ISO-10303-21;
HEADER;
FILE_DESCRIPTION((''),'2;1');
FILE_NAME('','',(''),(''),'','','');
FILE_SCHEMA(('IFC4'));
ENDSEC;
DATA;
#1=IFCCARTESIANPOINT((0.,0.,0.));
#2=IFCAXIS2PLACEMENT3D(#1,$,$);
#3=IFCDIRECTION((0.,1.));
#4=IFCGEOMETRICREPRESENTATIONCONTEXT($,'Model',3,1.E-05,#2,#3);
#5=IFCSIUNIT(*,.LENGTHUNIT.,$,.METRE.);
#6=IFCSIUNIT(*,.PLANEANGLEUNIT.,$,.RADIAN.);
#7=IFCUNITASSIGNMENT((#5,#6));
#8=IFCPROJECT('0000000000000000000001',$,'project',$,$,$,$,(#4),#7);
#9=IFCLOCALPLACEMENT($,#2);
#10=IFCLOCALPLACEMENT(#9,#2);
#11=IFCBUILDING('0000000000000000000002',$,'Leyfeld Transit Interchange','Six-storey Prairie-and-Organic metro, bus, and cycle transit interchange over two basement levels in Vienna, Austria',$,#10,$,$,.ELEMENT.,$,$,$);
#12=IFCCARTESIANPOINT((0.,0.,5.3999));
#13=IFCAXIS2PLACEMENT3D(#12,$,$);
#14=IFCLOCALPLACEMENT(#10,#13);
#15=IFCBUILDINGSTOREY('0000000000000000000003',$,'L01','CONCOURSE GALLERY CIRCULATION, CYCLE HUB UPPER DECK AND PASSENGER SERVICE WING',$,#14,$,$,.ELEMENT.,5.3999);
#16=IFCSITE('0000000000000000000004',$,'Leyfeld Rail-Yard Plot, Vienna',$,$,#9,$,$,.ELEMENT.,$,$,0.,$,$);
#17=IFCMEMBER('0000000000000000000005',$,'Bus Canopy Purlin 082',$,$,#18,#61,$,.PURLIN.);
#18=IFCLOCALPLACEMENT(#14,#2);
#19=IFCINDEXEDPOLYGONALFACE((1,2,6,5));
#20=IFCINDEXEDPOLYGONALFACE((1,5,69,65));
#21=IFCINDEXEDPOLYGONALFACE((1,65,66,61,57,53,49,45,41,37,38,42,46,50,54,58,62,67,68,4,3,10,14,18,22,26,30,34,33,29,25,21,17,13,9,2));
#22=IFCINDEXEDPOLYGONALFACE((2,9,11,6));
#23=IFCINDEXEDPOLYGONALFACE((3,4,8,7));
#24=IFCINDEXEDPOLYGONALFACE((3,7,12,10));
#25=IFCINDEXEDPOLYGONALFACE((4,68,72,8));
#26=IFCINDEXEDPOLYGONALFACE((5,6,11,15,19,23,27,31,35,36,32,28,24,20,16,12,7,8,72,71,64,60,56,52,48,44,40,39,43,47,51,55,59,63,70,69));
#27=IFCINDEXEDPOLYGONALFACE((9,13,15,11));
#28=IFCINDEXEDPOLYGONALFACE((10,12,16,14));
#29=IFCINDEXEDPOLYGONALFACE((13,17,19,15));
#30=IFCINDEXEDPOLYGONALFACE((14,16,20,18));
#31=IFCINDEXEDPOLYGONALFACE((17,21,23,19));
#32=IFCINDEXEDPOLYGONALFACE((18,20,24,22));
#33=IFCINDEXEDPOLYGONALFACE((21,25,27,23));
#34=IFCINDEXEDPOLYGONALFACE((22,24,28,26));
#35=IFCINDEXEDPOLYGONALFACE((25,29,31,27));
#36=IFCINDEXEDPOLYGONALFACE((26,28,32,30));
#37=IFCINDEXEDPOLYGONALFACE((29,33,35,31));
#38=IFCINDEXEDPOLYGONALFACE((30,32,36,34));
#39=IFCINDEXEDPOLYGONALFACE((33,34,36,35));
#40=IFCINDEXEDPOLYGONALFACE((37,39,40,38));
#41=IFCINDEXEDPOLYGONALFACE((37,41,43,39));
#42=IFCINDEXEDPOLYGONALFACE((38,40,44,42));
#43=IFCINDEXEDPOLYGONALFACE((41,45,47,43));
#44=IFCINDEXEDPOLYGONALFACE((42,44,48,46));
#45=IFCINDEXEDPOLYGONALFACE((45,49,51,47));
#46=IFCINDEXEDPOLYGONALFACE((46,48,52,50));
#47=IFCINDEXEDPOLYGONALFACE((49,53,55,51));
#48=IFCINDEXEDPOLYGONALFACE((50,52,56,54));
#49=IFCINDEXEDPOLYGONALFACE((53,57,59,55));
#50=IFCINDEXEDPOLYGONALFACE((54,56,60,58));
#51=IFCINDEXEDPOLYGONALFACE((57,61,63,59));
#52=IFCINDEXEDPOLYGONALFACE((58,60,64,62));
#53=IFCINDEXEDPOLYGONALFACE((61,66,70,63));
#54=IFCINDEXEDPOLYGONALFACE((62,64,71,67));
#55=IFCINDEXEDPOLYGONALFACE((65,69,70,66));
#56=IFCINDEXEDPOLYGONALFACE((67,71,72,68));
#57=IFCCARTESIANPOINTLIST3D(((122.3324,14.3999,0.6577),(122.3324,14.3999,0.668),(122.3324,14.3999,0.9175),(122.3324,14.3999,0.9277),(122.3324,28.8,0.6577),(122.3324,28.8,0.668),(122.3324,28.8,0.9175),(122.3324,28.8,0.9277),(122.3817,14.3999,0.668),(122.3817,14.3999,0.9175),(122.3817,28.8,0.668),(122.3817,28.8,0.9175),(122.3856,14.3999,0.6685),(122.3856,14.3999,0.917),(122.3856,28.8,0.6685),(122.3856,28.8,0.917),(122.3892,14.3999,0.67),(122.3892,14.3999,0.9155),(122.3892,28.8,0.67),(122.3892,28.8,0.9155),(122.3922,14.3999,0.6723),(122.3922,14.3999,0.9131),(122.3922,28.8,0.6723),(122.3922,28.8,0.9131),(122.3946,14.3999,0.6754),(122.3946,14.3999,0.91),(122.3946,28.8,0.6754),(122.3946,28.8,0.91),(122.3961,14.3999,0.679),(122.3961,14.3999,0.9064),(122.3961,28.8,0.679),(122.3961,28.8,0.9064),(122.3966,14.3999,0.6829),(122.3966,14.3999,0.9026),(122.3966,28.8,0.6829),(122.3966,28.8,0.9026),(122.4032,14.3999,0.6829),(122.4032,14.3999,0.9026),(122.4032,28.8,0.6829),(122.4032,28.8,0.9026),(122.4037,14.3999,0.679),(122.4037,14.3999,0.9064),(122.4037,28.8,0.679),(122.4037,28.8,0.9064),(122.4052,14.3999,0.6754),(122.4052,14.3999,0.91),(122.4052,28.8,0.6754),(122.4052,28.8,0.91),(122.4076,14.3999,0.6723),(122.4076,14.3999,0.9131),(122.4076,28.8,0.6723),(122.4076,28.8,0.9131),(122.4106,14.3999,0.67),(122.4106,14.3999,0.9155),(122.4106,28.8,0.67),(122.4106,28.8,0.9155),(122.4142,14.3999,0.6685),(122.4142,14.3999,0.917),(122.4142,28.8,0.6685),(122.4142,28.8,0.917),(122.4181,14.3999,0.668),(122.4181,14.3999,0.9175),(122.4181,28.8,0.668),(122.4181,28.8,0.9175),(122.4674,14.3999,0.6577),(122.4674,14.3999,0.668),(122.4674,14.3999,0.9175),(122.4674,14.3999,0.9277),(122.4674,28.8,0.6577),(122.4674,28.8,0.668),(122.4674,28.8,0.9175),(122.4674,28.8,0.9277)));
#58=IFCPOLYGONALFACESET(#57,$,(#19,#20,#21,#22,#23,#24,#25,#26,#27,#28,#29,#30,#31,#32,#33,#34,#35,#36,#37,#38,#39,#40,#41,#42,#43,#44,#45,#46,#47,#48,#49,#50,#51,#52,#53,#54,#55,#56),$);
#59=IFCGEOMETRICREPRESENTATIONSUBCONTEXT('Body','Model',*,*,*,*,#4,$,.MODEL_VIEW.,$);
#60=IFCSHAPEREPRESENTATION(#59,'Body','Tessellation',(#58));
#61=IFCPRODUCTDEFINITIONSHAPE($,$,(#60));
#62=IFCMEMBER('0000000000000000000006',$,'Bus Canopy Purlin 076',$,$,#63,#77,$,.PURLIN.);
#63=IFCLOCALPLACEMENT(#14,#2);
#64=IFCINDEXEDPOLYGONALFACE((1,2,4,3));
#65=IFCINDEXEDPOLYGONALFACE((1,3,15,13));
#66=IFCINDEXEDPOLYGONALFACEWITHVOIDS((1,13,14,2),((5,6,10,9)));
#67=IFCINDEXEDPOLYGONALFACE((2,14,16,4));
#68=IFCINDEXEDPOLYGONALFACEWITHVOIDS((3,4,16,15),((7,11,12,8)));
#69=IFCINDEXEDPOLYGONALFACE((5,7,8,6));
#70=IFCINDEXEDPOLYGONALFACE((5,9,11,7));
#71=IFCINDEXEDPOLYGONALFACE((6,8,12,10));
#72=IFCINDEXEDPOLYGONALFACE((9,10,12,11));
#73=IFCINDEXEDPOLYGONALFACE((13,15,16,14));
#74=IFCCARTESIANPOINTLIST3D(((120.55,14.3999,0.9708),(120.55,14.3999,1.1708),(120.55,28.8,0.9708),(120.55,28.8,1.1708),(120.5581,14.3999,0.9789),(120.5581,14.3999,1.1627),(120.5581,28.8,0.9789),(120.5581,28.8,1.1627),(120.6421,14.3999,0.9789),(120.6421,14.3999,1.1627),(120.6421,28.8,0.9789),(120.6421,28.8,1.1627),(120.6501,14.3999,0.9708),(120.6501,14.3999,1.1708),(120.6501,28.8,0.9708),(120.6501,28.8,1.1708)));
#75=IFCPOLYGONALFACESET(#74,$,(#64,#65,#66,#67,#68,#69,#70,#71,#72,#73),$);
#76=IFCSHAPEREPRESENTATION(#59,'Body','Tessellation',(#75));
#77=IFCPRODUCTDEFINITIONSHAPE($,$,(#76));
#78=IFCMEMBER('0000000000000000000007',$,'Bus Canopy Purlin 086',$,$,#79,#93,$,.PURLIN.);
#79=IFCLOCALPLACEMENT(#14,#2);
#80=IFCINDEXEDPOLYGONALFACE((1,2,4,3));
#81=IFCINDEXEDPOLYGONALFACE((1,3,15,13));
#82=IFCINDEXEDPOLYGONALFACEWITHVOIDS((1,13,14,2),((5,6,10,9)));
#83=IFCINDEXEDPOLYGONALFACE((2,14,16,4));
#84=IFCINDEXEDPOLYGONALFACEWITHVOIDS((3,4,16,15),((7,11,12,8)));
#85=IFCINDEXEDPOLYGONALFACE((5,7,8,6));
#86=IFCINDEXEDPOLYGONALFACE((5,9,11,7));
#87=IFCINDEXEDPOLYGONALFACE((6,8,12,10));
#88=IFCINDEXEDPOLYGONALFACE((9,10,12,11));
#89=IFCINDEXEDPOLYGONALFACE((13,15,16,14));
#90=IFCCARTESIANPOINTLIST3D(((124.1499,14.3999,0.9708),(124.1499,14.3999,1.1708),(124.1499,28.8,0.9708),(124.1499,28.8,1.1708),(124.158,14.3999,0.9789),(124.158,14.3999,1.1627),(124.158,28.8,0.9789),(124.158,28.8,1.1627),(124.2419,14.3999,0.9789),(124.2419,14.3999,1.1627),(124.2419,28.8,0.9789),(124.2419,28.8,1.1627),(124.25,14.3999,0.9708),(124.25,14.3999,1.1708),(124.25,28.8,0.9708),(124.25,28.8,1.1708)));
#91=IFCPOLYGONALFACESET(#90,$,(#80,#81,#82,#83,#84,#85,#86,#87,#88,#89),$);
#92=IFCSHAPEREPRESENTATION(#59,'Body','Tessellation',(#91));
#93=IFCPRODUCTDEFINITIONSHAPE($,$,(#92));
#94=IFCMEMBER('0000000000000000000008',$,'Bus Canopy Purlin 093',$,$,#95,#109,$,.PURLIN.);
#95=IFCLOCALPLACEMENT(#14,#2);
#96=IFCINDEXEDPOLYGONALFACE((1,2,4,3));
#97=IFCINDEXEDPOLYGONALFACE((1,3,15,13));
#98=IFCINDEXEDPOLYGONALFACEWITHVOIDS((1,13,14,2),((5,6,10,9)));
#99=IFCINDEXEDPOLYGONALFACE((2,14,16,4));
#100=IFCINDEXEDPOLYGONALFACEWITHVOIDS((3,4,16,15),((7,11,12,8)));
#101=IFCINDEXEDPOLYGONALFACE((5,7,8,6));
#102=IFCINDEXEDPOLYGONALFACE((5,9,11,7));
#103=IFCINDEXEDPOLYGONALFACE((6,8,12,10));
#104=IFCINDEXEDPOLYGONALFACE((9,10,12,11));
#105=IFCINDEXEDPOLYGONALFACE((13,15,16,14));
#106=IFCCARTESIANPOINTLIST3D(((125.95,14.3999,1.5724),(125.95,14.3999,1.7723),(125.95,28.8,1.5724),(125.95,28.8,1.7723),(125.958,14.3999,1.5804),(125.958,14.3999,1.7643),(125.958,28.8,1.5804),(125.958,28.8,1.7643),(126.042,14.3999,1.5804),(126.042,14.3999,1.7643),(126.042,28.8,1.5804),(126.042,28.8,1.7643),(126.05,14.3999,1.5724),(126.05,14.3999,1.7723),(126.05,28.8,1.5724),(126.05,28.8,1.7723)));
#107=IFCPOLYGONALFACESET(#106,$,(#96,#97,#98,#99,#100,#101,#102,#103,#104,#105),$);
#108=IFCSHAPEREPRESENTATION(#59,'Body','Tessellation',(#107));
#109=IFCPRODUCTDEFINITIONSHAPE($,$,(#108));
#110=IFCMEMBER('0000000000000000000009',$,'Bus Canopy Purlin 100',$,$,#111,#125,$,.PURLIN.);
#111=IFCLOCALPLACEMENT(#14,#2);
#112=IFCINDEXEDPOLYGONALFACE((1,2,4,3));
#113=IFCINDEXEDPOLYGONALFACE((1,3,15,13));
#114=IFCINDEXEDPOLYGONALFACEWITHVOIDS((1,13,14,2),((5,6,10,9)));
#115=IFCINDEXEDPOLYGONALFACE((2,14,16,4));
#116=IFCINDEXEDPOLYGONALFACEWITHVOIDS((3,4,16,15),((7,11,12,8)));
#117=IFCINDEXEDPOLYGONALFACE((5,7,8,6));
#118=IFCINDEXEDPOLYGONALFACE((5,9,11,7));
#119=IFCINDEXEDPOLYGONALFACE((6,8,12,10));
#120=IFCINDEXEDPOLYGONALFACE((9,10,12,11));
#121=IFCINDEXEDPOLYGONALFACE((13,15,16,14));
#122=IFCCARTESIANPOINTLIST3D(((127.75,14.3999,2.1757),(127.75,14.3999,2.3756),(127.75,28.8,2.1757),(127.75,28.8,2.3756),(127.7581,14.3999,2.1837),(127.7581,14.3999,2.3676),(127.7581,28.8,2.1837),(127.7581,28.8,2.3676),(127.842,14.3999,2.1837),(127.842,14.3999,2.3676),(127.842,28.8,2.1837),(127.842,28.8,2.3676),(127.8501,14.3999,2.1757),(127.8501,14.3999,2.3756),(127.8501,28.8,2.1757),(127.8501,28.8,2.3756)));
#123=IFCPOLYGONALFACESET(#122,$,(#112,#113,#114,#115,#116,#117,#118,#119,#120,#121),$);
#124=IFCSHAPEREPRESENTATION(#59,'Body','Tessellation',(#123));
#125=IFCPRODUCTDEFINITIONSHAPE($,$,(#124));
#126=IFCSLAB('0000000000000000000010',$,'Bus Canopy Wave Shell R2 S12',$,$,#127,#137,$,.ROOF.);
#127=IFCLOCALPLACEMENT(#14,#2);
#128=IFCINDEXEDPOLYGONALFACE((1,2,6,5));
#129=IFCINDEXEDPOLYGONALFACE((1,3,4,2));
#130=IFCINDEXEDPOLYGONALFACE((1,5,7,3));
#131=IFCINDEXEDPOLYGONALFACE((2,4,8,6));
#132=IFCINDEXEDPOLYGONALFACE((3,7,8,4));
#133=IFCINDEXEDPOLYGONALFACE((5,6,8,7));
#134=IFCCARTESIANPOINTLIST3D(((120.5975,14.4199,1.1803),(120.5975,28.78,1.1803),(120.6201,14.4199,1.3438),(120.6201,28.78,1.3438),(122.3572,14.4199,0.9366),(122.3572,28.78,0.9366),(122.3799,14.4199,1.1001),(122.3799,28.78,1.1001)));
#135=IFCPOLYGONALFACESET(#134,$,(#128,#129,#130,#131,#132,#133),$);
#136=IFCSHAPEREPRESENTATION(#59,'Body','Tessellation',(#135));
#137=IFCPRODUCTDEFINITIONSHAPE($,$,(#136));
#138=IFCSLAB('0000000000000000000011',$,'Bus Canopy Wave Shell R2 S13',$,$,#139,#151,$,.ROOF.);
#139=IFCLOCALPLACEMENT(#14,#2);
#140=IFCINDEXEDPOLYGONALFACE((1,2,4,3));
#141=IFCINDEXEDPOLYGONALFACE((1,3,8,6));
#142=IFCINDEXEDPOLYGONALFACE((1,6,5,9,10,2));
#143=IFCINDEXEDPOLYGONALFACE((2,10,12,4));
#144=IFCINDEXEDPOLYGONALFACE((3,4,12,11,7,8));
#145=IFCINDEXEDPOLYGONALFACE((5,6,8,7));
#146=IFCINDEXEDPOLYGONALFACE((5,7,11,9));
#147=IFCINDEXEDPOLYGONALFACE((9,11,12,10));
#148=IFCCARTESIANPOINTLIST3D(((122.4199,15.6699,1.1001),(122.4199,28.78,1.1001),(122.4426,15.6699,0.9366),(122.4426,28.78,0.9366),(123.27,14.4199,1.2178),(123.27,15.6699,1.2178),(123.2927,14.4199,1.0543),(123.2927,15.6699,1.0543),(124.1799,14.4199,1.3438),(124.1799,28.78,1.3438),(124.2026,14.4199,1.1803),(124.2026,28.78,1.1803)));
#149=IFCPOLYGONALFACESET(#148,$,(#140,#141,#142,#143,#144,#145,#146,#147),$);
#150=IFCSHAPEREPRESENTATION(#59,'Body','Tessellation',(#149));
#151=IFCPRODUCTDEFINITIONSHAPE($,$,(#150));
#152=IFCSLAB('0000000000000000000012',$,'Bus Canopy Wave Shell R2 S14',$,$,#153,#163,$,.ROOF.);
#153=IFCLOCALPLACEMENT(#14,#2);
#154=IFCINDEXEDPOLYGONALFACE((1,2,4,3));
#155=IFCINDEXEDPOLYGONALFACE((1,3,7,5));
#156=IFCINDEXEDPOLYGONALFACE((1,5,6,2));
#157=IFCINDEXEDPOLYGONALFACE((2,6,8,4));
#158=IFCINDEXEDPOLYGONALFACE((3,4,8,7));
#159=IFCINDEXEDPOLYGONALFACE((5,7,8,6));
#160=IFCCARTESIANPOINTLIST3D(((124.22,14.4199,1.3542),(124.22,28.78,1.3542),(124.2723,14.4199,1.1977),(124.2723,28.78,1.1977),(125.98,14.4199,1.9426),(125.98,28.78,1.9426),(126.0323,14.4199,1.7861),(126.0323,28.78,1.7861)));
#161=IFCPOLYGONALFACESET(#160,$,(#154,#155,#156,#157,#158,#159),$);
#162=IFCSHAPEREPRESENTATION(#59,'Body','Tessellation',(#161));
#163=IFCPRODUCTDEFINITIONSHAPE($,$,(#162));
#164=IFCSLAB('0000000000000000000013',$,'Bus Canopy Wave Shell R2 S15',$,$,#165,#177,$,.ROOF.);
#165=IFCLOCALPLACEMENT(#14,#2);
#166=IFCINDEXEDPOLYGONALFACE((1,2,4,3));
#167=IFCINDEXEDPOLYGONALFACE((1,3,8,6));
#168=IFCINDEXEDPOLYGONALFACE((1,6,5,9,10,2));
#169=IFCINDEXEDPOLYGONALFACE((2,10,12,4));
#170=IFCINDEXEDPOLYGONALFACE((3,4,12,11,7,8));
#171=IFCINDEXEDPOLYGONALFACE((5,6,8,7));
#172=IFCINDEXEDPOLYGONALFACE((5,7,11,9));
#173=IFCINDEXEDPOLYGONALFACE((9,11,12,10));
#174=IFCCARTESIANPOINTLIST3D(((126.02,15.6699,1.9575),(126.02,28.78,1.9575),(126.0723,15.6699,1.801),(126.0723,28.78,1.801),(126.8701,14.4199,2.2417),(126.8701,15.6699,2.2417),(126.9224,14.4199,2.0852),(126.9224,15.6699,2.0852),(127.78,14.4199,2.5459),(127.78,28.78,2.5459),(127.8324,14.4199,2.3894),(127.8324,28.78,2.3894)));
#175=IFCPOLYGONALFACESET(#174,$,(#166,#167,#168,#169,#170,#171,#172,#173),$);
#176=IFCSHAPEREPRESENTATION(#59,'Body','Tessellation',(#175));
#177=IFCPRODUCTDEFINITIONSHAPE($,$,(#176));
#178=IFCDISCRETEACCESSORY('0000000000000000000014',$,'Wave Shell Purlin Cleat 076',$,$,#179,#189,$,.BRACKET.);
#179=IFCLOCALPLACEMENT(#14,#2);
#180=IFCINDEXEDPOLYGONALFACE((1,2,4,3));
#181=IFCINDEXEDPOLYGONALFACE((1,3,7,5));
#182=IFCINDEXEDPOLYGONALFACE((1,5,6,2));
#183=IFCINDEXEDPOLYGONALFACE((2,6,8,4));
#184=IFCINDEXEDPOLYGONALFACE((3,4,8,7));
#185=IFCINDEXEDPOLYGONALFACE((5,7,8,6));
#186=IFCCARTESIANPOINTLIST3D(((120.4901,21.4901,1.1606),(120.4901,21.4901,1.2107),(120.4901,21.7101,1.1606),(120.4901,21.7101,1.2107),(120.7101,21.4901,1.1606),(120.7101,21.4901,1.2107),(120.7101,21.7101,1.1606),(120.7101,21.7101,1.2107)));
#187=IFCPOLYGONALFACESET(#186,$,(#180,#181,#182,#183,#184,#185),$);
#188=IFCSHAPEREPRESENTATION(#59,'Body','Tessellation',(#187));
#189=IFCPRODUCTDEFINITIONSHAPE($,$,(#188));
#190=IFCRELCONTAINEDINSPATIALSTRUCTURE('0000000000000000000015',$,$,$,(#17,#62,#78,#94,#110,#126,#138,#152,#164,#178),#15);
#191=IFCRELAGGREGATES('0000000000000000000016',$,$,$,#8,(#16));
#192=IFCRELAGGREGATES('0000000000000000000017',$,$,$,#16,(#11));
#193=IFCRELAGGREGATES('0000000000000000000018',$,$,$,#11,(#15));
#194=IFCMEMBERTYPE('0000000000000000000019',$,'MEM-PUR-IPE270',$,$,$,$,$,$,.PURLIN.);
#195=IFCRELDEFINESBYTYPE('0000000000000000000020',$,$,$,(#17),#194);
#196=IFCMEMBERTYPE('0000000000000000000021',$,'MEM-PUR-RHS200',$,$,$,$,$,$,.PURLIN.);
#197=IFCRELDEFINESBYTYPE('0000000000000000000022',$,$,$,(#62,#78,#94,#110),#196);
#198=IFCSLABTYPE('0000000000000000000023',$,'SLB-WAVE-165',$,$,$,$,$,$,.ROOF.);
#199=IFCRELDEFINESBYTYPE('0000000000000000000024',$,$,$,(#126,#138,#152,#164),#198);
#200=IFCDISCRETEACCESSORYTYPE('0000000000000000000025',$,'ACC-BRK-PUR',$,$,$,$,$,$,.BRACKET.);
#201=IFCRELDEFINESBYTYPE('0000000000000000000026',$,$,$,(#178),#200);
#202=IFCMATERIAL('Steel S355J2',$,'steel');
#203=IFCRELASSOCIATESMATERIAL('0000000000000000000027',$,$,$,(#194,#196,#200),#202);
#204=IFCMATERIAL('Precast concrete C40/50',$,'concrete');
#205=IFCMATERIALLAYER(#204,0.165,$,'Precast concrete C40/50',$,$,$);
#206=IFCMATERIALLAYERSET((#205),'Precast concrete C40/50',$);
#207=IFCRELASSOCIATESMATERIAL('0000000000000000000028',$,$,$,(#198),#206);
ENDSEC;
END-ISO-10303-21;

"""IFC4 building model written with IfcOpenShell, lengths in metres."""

from ifc_helpers import new_model, si_unit, direction, frame, origin, origin_2d, place, context, subcontext, project, spatial, polyline, rectangle, hollow_rectangle, i_section, outline, extrude, material, layer, layer_set, material_profile, profile_set, type_object, element, save


model = new_model("IFC4")

# Units and contexts
model_context = context("Model", 3, precision=1e-05, world=origin(), true_north=direction((0.0, 1.0)))
body_context = subcontext(model_context, "Body", "Model", "MODEL_VIEW")
ifc_project = project(units=[si_unit("LENGTHUNIT", "METRE"), si_unit("PLANEANGLEUNIT", "RADIAN")], contexts=[model_context])

# Site, building, storey
site_placement = place(None, origin())
site = spatial("IfcSite", under=ifc_project, at=site_placement, Name="Leyfeld Rail-Yard Plot, Vienna", CompositionType="ELEMENT", RefElevation=0.0)
building_placement = place(site_placement, origin())
building = spatial("IfcBuilding", under=site, at=building_placement, Name="Leyfeld Transit Interchange", Description="Six-storey Prairie-and-Organic metro, bus, and cycle transit interchange over two basement levels in Vienna, Austria", CompositionType="ELEMENT")
storey_placement = place(building_placement, frame((0.0, 0.0, 5.3999)))
storey = spatial("IfcBuildingStorey", under=building, at=storey_placement, Name="L01", Description="CONCOURSE GALLERY CIRCULATION, CYCLE HUB UPPER DECK AND PASSENGER SERVICE WING", CompositionType="ELEMENT", Elevation=5.3999)

# Members
ifc_material_1 = material(Name="Steel S355J2", Category="steel")
ifc_material_profile_1 = material_profile(ifc_material_1, i_section(OverallWidth=0.135, OverallDepth=0.27, WebThickness=0.0066, FlangeThickness=0.0103, FilletRadius=0.0149, at=origin_2d()), Name="IPE 270")
ifc_profile_set_1 = profile_set([ifc_material_profile_1], Name="Steel S355J2")
member_type_1 = type_object("IfcMemberType", Name="MEM-PUR-IPE270", PredefinedType="PURLIN", material=ifc_profile_set_1)
member_1_placement = place(storey_placement, frame((122.3999, 14.3999, 0.7927), z_axis=(0.0, 1.0, 0.0), x_axis=(-1.0, 0.0, 0.0)))
element("IfcMember", 1, at=member_1_placement, inside=storey, type_object=member_type_1, Name="Bus Canopy Purlin 082", PredefinedType="PURLIN", context=body_context, shape_type="SweptSolid", body=[
    extrude(i_section(OverallWidth=0.135, OverallDepth=0.27, WebThickness=0.0066, FlangeThickness=0.0103, FilletRadius=0.0149, at=origin_2d()), origin(), (0.0, 0.0, 1.0), 14.4001),
])
ifc_material_profile_2 = material_profile(ifc_material_1, hollow_rectangle(XDim=0.1001, YDim=0.2, WallThickness=0.0081, at=origin_2d()), Name="RHS 200x100x8")
ifc_profile_set_2 = profile_set([ifc_material_profile_2], Name="Steel S355J2")
member_type_2 = type_object("IfcMemberType", Name="MEM-PUR-RHS200", PredefinedType="PURLIN", material=ifc_profile_set_2)
for number, where, z_axis, x_axis, name in (
    (2, (120.6001, 14.3999, 1.0708), (0.0, 1.0, 0.0), (-1.0, 0.0, 0.0), "Bus Canopy Purlin 076"),
    (3, (124.2, 14.3999, 1.0708), (0.0, 1.0, 0.0), (-1.0, 0.0, 0.0), "Bus Canopy Purlin 086"),
    (4, (126.0, 14.3999, 1.6724), (0.0, 1.0, 0.0), (-1.0, 0.0, 0.0), "Bus Canopy Purlin 093"),
    (5, (127.8, 14.3999, 2.2756), (0.0, 1.0, 0.0), (-1.0, 0.0, 0.0), "Bus Canopy Purlin 100"),
):
    element("IfcMember", number, at=place(storey_placement, frame(where, z_axis=z_axis, x_axis=x_axis)), inside=storey, type_object=member_type_2, Name=name, PredefinedType="PURLIN", context=body_context, shape_type="SweptSolid", body=[
        extrude(hollow_rectangle(XDim=0.1001, YDim=0.2, WallThickness=0.0081, at=origin_2d()), origin(), (0.0, 0.0, 1.0), 14.4001),
    ])

# Slabs
ifc_material_2 = material(Name="Precast concrete C40/50", Category="concrete")
ifc_layer = layer(ifc_material_2, 0.165, Name="Precast concrete C40/50")
ifc_layer_set = layer_set([ifc_layer], Name="Precast concrete C40/50")
slab_type = type_object("IfcSlabType", Name="SLB-WAVE-165", PredefinedType="ROOF", material=ifc_layer_set)
slab_1_placement = place(storey_placement, frame((120.6201, 14.4199, 1.3438), z_axis=(0.137149, 0.0, 0.99055), x_axis=(0.99055, 0.0, -0.137149)))
element("IfcSlab", 6, at=slab_1_placement, inside=storey, type_object=slab_type, Name="Bus Canopy Wave Shell R2 S12", PredefinedType="ROOF", context=body_context, shape_type="SweptSolid", body=[
    extrude(outline(polyline([(0.0, 0.0), (1.7766, 0.0), (1.7766, 14.3601), (0.0, 14.3601), (0.0, 0.0)])), origin(), (0.0, 0.0, -1.0), 0.165),
])
slab_2_placement = place(storey_placement, frame((122.4199, 15.6699, 1.1001), z_axis=(-0.137131, 0.0, 0.990553), x_axis=(0.990553, 0.0, 0.137131)))
element("IfcSlab", 7, at=slab_2_placement, inside=storey, type_object=slab_type, Name="Bus Canopy Wave Shell R2 S13", PredefinedType="ROOF", context=body_context, shape_type="SweptSolid", body=[
    extrude(outline(polyline([(0.0, 0.0), (0.8582, 0.0), (0.8582, -1.25), (1.7768, -1.25), (1.7768, 13.1101), (0.0, 13.1101), (0.0, 0.0)])), origin(), (0.0, 0.0, -1.0), 0.165),
])
slab_3_placement = place(storey_placement, frame((124.22, 14.4199, 1.3542), z_axis=(-0.317056, 0.0, 0.948407), x_axis=(0.948407, 0.0, 0.317056)))
element("IfcSlab", 8, at=slab_3_placement, inside=storey, type_object=slab_type, Name="Bus Canopy Wave Shell R2 S14", PredefinedType="ROOF", context=body_context, shape_type="SweptSolid", body=[
    extrude(outline(polyline([(0.0, 0.0), (1.8558, 0.0), (1.8558, 14.3601), (0.0, 14.3601), (0.0, 0.0)])), origin(), (0.0, 0.0, -1.0), 0.165),
])
slab_4_placement = place(storey_placement, frame((126.02, 15.6699, 1.9575), z_axis=(-0.317057, 0.0, 0.948406), x_axis=(0.948406, 0.0, 0.317057)))
element("IfcSlab", 9, at=slab_4_placement, inside=storey, type_object=slab_type, Name="Bus Canopy Wave Shell R2 S15", PredefinedType="ROOF", context=body_context, shape_type="SweptSolid", body=[
    extrude(outline(polyline([(0.0, 0.0), (0.8963, 0.0), (0.8963, -1.25), (1.8558, -1.25), (1.8558, 13.1101), (0.0, 13.1101), (0.0, 0.0)])), origin(), (0.0, 0.0, -1.0), 0.165),
])

# Discrete accessory
discrete_accessory_type = type_object("IfcDiscreteAccessoryType", Name="ACC-BRK-PUR", PredefinedType="BRACKET", material=ifc_material_1)
discrete_accessory_1_placement = place(storey_placement, frame((120.6001, 21.6001, 1.1606), z_axis=(0.0, 0.0, 1.0), x_axis=(1.0, 0.0, 0.0)))
element("IfcDiscreteAccessory", 10, at=discrete_accessory_1_placement, inside=storey, type_object=discrete_accessory_type, Name="Wave Shell Purlin Cleat 076", PredefinedType="BRACKET", context=body_context, shape_type="SweptSolid", body=[
    extrude(rectangle(XDim=0.22, YDim=0.22, at=origin_2d()), origin(), (0.0, 0.0, 1.0), 0.05),
])

save(model, "model.ifc")
